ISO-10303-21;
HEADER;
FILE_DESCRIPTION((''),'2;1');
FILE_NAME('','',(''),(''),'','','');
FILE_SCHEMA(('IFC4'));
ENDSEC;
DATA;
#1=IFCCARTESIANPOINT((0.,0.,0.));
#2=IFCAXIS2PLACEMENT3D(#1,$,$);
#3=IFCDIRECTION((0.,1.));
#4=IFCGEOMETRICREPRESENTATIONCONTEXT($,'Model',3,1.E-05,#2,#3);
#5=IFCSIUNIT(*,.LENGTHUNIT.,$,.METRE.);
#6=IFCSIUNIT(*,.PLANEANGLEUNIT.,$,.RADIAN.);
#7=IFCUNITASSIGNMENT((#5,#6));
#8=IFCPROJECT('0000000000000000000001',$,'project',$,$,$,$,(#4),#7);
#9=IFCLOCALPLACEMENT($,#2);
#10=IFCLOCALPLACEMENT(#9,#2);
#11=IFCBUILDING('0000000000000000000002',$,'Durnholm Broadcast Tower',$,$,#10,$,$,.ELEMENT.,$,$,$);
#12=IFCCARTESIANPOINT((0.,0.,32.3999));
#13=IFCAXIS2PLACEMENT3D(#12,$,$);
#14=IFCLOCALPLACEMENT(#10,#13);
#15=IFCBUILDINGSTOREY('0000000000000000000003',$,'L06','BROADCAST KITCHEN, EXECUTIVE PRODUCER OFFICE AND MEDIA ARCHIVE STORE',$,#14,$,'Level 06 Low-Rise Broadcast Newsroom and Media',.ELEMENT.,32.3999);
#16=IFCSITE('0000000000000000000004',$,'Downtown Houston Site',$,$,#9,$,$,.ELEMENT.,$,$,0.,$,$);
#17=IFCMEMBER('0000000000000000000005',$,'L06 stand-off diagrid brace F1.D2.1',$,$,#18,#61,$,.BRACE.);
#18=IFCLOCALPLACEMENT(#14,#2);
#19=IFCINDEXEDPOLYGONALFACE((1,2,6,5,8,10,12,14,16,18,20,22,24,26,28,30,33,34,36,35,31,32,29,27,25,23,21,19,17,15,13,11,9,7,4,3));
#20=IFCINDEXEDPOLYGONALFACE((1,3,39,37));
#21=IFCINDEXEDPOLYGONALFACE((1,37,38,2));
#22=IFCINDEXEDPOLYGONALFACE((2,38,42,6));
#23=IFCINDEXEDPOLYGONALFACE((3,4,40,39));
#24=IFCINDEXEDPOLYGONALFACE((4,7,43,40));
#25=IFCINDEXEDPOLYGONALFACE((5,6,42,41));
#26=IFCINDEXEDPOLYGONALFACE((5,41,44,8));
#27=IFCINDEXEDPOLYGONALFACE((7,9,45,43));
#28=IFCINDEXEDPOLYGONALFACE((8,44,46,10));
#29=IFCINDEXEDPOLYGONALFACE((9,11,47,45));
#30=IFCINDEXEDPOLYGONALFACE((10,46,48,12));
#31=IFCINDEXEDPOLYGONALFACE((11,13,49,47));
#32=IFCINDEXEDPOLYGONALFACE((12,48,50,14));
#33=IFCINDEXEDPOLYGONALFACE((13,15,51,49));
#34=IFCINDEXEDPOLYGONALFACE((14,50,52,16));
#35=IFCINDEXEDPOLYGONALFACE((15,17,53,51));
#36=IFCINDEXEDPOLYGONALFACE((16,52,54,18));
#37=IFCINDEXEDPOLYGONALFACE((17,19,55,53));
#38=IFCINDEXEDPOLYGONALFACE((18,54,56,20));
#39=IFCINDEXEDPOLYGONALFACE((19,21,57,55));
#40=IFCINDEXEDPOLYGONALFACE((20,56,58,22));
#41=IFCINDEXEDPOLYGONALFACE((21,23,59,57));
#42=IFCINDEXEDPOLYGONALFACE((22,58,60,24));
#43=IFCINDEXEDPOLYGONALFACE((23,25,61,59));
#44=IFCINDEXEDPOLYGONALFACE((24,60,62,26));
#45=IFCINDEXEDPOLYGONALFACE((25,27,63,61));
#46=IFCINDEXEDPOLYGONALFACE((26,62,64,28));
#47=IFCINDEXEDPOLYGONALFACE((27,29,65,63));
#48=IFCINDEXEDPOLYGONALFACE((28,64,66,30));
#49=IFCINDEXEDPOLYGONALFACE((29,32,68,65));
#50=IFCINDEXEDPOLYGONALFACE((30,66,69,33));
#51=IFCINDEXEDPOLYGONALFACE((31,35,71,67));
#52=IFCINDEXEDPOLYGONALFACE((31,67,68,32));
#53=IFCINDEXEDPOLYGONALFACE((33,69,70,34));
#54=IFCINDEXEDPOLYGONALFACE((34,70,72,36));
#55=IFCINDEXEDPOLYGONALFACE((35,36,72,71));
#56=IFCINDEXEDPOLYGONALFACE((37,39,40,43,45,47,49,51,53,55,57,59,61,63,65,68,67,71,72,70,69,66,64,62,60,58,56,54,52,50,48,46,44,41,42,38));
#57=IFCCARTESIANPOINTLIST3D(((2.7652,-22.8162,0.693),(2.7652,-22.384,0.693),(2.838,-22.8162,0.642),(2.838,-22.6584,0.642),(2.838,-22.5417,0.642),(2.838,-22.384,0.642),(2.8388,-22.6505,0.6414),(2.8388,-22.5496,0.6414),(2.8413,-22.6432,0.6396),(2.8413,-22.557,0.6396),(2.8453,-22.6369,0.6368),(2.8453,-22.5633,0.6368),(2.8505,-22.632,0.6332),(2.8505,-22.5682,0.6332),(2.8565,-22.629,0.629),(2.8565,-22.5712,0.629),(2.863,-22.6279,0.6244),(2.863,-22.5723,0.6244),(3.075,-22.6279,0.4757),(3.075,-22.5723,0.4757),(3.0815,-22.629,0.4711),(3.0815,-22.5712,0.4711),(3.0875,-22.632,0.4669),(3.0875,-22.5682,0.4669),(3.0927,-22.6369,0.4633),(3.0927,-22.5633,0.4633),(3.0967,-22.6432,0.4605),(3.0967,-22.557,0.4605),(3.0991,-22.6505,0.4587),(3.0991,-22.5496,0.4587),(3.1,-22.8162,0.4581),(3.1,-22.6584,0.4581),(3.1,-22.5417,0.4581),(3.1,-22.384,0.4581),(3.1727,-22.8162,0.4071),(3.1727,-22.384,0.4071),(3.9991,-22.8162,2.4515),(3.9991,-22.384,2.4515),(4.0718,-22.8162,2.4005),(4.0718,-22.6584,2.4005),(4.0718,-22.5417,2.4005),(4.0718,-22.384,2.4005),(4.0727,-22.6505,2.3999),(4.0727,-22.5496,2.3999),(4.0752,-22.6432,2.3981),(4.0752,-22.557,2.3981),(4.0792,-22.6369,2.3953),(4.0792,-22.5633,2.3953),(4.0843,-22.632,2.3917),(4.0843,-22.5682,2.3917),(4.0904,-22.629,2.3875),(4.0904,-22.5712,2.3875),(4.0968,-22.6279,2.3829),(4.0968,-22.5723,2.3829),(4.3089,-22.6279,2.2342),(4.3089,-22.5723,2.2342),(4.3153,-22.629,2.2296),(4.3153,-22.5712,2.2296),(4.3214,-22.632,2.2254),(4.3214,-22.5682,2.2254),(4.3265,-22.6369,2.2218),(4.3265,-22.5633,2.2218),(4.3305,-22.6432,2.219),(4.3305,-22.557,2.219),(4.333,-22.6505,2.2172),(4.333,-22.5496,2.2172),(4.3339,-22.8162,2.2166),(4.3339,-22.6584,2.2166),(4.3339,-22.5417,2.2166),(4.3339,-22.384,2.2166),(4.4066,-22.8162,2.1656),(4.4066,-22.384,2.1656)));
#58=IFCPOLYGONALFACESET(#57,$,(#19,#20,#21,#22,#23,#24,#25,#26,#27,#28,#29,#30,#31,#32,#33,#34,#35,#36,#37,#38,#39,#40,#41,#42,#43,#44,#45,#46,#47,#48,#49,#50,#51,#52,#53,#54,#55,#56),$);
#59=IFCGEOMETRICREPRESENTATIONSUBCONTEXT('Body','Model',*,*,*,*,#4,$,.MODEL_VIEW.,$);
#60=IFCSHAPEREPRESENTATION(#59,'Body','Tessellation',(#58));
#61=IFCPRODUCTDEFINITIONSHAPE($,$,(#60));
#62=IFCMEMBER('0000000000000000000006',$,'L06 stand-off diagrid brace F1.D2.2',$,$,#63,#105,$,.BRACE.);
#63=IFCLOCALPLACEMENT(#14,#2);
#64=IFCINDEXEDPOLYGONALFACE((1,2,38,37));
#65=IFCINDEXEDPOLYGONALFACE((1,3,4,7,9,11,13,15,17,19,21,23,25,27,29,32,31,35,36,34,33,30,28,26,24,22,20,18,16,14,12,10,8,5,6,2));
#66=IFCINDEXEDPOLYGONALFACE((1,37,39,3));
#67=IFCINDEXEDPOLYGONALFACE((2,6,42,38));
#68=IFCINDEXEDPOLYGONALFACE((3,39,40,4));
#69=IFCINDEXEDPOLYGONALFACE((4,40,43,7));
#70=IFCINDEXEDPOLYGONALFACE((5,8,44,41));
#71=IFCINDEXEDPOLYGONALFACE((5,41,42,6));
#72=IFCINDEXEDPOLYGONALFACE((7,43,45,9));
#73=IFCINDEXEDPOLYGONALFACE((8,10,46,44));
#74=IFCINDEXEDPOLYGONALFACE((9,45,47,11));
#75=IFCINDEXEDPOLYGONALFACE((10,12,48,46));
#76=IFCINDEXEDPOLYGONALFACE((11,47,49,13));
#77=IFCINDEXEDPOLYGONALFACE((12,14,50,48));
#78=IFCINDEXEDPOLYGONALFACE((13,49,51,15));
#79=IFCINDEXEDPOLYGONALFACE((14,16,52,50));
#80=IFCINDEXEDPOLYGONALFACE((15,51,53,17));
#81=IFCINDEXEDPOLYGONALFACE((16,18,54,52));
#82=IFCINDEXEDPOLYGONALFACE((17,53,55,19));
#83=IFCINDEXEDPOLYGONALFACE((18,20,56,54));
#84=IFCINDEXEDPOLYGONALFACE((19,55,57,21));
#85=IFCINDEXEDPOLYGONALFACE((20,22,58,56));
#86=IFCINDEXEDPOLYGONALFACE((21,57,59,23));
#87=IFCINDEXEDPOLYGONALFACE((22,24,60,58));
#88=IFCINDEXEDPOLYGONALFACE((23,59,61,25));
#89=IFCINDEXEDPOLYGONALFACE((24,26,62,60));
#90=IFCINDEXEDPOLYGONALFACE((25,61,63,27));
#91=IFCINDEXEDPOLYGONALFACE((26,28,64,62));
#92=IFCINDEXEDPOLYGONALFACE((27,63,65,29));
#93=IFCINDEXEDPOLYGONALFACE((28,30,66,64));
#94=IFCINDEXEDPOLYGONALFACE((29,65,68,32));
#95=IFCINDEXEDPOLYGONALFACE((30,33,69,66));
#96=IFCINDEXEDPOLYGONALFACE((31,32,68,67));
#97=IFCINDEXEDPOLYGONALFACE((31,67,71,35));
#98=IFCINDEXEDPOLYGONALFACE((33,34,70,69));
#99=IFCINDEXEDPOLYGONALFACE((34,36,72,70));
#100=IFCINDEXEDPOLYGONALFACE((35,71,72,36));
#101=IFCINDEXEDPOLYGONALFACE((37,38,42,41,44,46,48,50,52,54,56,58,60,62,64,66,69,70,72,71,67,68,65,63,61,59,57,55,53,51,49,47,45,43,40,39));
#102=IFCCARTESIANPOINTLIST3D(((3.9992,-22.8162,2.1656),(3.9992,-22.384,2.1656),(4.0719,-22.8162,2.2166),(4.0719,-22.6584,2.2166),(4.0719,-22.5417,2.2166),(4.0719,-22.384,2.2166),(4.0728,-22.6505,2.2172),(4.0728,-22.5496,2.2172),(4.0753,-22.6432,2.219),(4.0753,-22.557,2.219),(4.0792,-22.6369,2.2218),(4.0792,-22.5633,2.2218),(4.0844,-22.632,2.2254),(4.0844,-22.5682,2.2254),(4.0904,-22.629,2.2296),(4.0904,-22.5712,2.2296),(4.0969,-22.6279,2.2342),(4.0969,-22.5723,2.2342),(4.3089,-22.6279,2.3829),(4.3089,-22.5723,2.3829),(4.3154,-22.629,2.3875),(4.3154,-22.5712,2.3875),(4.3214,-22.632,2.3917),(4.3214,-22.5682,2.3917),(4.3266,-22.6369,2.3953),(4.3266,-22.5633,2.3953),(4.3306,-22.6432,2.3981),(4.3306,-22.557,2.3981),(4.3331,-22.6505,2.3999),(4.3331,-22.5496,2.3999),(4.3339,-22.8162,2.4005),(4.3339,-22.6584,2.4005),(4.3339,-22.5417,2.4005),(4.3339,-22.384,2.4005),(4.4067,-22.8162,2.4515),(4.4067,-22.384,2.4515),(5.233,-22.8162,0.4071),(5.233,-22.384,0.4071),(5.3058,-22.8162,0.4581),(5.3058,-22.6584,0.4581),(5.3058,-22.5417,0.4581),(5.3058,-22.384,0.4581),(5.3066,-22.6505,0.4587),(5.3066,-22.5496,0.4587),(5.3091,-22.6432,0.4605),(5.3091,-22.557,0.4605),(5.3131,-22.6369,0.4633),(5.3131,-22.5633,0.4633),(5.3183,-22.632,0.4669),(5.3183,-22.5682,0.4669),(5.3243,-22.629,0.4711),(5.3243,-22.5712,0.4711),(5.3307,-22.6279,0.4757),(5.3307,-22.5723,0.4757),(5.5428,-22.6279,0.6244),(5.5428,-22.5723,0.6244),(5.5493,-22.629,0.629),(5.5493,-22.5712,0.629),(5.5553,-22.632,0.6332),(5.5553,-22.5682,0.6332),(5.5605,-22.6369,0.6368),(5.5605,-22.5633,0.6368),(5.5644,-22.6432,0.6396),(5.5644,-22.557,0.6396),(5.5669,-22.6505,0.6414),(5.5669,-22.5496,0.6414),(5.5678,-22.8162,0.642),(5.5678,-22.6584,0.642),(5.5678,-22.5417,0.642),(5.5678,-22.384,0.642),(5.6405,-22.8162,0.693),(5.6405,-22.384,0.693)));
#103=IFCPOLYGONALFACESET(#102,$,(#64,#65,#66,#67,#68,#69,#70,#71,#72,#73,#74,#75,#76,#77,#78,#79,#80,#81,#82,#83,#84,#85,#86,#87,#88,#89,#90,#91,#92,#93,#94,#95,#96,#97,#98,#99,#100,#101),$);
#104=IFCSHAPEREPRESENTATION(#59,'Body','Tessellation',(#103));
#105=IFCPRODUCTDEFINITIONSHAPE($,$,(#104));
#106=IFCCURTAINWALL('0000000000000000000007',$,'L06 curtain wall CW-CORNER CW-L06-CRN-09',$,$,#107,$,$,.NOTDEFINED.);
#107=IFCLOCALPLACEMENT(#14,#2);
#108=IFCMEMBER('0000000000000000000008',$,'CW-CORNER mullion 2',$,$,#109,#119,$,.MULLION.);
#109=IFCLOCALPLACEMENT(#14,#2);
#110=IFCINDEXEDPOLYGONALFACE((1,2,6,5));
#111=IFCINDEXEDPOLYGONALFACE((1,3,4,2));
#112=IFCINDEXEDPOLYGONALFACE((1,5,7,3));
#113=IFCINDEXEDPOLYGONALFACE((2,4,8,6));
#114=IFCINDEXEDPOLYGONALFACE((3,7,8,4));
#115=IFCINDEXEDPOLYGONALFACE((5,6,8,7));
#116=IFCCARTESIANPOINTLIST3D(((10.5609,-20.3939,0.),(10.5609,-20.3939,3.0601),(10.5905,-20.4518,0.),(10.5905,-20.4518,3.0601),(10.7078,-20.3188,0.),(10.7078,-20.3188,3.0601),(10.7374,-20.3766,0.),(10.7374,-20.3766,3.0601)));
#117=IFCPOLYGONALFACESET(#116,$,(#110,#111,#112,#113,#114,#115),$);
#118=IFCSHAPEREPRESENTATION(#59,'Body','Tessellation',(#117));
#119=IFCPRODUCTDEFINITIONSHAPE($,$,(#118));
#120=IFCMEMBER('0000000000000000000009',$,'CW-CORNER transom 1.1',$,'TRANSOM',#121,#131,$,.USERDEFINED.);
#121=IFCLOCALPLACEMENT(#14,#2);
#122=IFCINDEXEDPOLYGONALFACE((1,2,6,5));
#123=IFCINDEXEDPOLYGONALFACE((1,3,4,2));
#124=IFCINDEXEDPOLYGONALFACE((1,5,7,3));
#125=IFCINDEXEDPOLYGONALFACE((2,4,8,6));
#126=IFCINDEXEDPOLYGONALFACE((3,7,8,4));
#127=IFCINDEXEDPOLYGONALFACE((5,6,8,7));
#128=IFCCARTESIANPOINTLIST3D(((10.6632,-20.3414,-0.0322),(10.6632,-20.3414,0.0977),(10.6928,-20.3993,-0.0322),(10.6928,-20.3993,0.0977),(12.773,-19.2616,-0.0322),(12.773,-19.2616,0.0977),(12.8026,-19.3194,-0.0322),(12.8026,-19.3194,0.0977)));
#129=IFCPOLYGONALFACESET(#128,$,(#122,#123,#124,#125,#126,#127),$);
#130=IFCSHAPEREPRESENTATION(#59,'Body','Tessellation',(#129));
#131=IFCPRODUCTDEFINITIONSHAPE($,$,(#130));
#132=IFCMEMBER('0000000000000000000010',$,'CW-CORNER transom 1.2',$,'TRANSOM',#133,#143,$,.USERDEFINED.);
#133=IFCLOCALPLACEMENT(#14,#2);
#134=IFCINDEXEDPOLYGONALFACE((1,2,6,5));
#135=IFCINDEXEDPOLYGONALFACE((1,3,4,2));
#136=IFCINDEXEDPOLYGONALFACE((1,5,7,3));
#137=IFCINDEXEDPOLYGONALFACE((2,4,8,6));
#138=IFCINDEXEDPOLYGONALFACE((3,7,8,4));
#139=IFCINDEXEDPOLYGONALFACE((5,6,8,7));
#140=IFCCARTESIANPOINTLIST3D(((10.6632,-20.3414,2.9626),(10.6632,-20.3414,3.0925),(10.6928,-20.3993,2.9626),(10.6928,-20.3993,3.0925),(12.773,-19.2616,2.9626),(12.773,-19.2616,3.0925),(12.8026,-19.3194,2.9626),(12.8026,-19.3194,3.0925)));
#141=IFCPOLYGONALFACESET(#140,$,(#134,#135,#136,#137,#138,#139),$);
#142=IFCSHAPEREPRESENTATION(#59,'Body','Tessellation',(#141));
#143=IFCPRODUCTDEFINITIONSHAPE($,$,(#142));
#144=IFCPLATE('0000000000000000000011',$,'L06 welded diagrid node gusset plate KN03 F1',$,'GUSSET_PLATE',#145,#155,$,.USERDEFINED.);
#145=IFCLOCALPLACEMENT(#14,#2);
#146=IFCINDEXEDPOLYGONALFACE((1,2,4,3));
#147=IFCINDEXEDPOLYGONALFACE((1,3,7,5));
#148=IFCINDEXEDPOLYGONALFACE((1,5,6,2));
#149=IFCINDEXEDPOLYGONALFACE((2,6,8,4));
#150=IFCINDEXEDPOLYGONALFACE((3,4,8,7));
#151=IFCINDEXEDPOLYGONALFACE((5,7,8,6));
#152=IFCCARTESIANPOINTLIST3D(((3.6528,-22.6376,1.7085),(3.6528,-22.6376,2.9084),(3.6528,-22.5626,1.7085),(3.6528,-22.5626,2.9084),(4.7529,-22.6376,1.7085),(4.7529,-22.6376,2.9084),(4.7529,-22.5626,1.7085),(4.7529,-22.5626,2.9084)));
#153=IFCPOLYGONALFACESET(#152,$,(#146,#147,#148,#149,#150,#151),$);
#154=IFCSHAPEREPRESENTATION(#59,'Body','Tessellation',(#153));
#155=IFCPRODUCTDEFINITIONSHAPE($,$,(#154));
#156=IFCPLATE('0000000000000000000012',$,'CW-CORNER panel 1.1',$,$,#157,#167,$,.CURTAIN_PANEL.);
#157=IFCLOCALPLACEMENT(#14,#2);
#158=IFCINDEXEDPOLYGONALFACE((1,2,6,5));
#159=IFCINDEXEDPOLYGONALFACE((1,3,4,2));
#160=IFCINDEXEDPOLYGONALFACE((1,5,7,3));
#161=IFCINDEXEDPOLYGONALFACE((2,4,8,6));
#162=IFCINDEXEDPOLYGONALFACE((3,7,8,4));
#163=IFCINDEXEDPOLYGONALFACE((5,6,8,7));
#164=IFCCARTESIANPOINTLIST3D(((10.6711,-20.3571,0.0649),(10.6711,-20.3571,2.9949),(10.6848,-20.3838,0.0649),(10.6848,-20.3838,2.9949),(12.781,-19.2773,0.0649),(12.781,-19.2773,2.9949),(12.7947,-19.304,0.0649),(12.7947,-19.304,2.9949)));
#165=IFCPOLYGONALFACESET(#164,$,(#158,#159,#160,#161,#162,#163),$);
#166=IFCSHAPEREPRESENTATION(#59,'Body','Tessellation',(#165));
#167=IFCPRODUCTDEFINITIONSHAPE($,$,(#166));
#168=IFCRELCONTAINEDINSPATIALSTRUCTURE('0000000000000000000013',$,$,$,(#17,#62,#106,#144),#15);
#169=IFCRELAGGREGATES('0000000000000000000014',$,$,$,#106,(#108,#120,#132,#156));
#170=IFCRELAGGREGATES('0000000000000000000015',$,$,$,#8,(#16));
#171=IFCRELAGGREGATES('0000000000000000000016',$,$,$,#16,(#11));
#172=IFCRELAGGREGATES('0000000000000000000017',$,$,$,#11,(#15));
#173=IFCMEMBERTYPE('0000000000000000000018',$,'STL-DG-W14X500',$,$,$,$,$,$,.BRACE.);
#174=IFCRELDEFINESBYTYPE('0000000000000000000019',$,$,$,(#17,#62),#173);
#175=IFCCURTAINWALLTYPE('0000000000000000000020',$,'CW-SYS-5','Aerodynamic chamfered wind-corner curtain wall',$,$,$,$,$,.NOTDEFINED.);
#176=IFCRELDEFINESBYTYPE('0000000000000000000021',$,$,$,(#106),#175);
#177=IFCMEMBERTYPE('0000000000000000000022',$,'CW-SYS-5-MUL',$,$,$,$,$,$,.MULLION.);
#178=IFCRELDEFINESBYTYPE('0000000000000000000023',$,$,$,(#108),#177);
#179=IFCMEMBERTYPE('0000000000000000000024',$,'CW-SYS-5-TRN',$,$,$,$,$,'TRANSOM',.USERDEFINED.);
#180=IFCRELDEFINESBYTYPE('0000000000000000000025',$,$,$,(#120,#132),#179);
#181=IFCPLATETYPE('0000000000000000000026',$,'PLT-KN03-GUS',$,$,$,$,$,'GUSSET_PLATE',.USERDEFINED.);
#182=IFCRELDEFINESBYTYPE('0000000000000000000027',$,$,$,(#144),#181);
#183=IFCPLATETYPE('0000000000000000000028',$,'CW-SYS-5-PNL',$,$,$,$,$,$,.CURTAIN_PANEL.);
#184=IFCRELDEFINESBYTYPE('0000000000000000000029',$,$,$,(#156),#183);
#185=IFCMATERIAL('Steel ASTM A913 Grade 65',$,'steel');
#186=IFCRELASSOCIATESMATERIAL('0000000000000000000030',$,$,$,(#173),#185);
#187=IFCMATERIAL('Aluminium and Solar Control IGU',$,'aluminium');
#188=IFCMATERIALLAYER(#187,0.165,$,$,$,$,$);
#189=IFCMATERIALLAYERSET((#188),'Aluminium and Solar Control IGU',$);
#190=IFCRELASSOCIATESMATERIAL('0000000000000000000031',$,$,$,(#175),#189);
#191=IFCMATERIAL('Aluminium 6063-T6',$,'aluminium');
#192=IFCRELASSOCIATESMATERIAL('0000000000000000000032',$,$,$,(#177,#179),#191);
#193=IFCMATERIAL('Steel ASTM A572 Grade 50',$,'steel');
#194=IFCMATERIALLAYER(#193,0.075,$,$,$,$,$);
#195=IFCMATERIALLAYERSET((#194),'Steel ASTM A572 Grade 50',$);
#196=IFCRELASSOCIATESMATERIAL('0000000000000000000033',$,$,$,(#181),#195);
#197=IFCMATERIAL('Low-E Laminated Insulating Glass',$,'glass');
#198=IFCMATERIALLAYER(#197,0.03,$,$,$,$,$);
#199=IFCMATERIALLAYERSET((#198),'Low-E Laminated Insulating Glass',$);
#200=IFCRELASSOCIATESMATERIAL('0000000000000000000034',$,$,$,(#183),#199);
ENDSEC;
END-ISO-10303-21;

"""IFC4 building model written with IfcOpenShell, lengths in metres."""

from ifc_helpers import new_model, si_unit, direction, frame, origin, origin_2d, place, context, subcontext, project, spatial, rectangle, i_section, extrude, source, transform, mapped, material, layer, layer_set, material_profile, profile_set, type_object, type_shapes, element, aggregate, save


model = new_model("IFC4")

# Units and contexts
model_context = context("Model", 3, precision=1e-05, world=origin(), true_north=direction((0.0, 1.0)))
body_context = subcontext(model_context, "Body", "Model", "MODEL_VIEW")
ifc_project = project(units=[si_unit("LENGTHUNIT", "METRE"), si_unit("PLANEANGLEUNIT", "RADIAN")], contexts=[model_context])

# Site, building, storey
site_placement = place(None, origin())
site = spatial("IfcSite", under=ifc_project, at=site_placement, Name="Downtown Houston Site", CompositionType="ELEMENT", RefElevation=0.0)
building_placement = place(site_placement, origin())
building = spatial("IfcBuilding", under=site, at=building_placement, Name="Durnholm Broadcast Tower", CompositionType="ELEMENT")
storey_placement = place(building_placement, frame((0.0, 0.0, 32.3999)))
storey = spatial("IfcBuildingStorey", under=building, at=storey_placement, Name="L06", Description="BROADCAST KITCHEN, EXECUTIVE PRODUCER OFFICE AND MEDIA ARCHIVE STORE", LongName="Level 06 Low-Rise Broadcast Newsroom and Media", CompositionType="ELEMENT", Elevation=32.3999)

# Members
ifc_material_1 = material(Name="Steel ASTM A913 Grade 65", Category="steel")
ifc_material_profile_1 = material_profile(ifc_material_1, i_section(OverallWidth=0.4321, OverallDepth=0.4978, WebThickness=0.0557, FlangeThickness=0.0889, FilletRadius=0.0305, at=origin_2d()), Name="W14X500")
ifc_profile_set_1 = profile_set([ifc_material_profile_1], Name="Steel ASTM A913 Grade 65")
member_type_1 = type_object("IfcMemberType", Name="STL-DG-W14X500", PredefinedType="BRACE", material=ifc_profile_set_1)
shared_shape_1 = source(origin(), body_context, "Body", "SweptSolid", [
    extrude(i_section(OverallWidth=0.4321, OverallDepth=0.4978, WebThickness=0.0557, FlangeThickness=0.0889, FilletRadius=0.0305, at=origin_2d()), origin(), (0.0, 0.0, 1.0), 2.1482),
])
type_shapes(member_type_1, [shared_shape_1])
for number, where, z_axis, x_axis, name in (
    (1, (2.969, -22.6001, 0.55), (0.57437, 0.0, 0.818596), (0.0, 1.0, 0.0), "L06 stand-off diagrid brace F1.D2.1"),
    (2, (5.4368, -22.6001, 0.55), (-0.57437, 0.0, 0.818596), (0.0, -1.0, 0.0), "L06 stand-off diagrid brace F1.D2.2"),
):
    element("IfcMember", number, at=place(storey_placement, frame(where, z_axis=z_axis, x_axis=x_axis)), inside=storey, type_object=member_type_1, Name=name, PredefinedType="BRACE", context=body_context, shape_type="MappedRepresentation", body=[
        mapped(shared_shape_1, transform((0.0, 0.0, 0.0), x_axis=(1.0, 0.0, 0.0), y_axis=(0.0, 1.0, 0.0), z_axis=(0.0, 0.0, 1.0), scale=1.0)),
    ])

# Curtain wall, members
ifc_material_2 = material(Name="Aluminium and Solar Control IGU", Category="aluminium")
ifc_layer_1 = layer(ifc_material_2, 0.165)
ifc_layer_set_1 = layer_set([ifc_layer_1], Name="Aluminium and Solar Control IGU")
curtain_wall_type = type_object("IfcCurtainWallType", Name="CW-SYS-5", Description="Aerodynamic chamfered wind-corner curtain wall", PredefinedType="NOTDEFINED", material=ifc_layer_set_1)
curtain_wall_placement = place(storey_placement, origin())
curtain_wall = element("IfcCurtainWall", 3, at=curtain_wall_placement, inside=storey, type_object=curtain_wall_type, Name="L06 curtain wall CW-CORNER CW-L06-CRN-09", PredefinedType="NOTDEFINED")
ifc_material_3 = material(Name="Aluminium 6063-T6", Category="aluminium")
ifc_material_profile_2 = material_profile(ifc_material_3, rectangle(XDim=0.0649, YDim=0.165, at=origin_2d()), Name="CWM65X165")
ifc_profile_set_2 = profile_set([ifc_material_profile_2], Name="Aluminium 6063-T6")
member_type_2 = type_object("IfcMemberType", Name="CW-SYS-5-MUL", PredefinedType="MULLION", material=ifc_profile_set_2)
shared_shape_2 = source(origin(), body_context, "Body", "SweptSolid", [
    extrude(rectangle(XDim=0.0649, YDim=0.165, at=origin_2d()), origin(), (0.0, 0.0, 1.0), 3.0601),
])
type_shapes(member_type_2, [shared_shape_2])
member_1_placement = place(storey_placement, frame((10.6492, -20.3853, 0.0), z_axis=(0.0, 0.0, 1.0), x_axis=(0.455594, -0.890188, 0.0)))
member_1 = element("IfcMember", 4, at=member_1_placement, type_object=member_type_2, Name="CW-CORNER mullion 2", PredefinedType="MULLION", context=body_context, shape_type="MappedRepresentation", body=[
    mapped(shared_shape_2, transform((0.0, 0.0, 0.0), x_axis=(1.0, 0.0, 0.0), y_axis=(0.0, 1.0, 0.0), z_axis=(0.0, 0.0, 1.0), scale=1.0)),
])
ifc_material_profile_3 = material_profile(ifc_material_3, rectangle(XDim=0.0649, YDim=0.1299, at=origin_2d()), Name="CWT65X130")
ifc_profile_set_3 = profile_set([ifc_material_profile_3], Name="Aluminium 6063-T6")
member_type_3 = type_object("IfcMemberType", Name="CW-SYS-5-TRN", ElementType="TRANSOM", PredefinedType="USERDEFINED", material=ifc_profile_set_3)
shared_shape_3 = source(origin(), body_context, "Body", "SweptSolid", [
    extrude(rectangle(XDim=0.0649, YDim=0.1299, at=origin_2d()), origin(), (0.0, 0.0, 1.0), 2.3701),
])
type_shapes(member_type_3, [shared_shape_3])
member_2_placement = place(storey_placement, frame((12.7878, -19.2905, 0.0327), z_axis=(-0.890185, -0.455599, 0.0), x_axis=(0.455599, -0.890185, 0.0)))
member_2 = element("IfcMember", 5, at=member_2_placement, type_object=member_type_3, Name="CW-CORNER transom 1.1", ObjectType="TRANSOM", PredefinedType="USERDEFINED", context=body_context, shape_type="MappedRepresentation", body=[
    mapped(shared_shape_3, transform((0.0, 0.0, 0.0), x_axis=(1.0, 0.0, 0.0), y_axis=(0.0, 1.0, 0.0), z_axis=(0.0, 0.0, 1.0), scale=1.0)),
])
member_3_placement = place(storey_placement, frame((12.7878, -19.2905, 3.0276), z_axis=(-0.890185, -0.455599, 0.0), x_axis=(0.455599, -0.890185, 0.0)))
member_3 = element("IfcMember", 6, at=member_3_placement, type_object=member_type_3, Name="CW-CORNER transom 1.2", ObjectType="TRANSOM", PredefinedType="USERDEFINED", context=body_context, shape_type="MappedRepresentation", body=[
    mapped(shared_shape_3, transform((0.0, 0.0, 0.0), x_axis=(1.0, 0.0, 0.0), y_axis=(0.0, 1.0, 0.0), z_axis=(0.0, 0.0, 1.0), scale=1.0)),
])

# Plates
ifc_material_4 = material(Name="Steel ASTM A572 Grade 50", Category="steel")
ifc_layer_2 = layer(ifc_material_4, 0.075)
ifc_layer_set_2 = layer_set([ifc_layer_2], Name="Steel ASTM A572 Grade 50")
plate_type_1 = type_object("IfcPlateType", Name="PLT-KN03-GUS", ElementType="GUSSET_PLATE", PredefinedType="USERDEFINED", material=ifc_layer_set_2)
shared_shape_4 = source(origin(), body_context, "Body", "SweptSolid", [
    extrude(rectangle(XDim=1.1001, YDim=0.075, at=origin_2d()), origin(), (0.0, 0.0, 1.0), 1.2),
])
type_shapes(plate_type_1, [shared_shape_4])
plate_1_placement = place(storey_placement, frame((4.2029, -22.6001, 1.7085), z_axis=(0.0, 0.0, 1.0), x_axis=(1.0, 0.0, 0.0)))
element("IfcPlate", 7, at=plate_1_placement, inside=storey, type_object=plate_type_1, Name="L06 welded diagrid node gusset plate KN03 F1", ObjectType="GUSSET_PLATE", PredefinedType="USERDEFINED", context=body_context, shape_type="MappedRepresentation", body=[
    mapped(shared_shape_4, transform((0.0, 0.0, 0.0), x_axis=(1.0, 0.0, 0.0), y_axis=(0.0, 1.0, 0.0), z_axis=(0.0, 0.0, 1.0), scale=1.0)),
])
ifc_material_5 = material(Name="Low-E Laminated Insulating Glass", Category="glass")
ifc_layer_3 = layer(ifc_material_5, 0.03)
ifc_layer_set_3 = layer_set([ifc_layer_3], Name="Low-E Laminated Insulating Glass")
plate_type_2 = type_object("IfcPlateType", Name="CW-SYS-5-PNL", PredefinedType="CURTAIN_PANEL", material=ifc_layer_set_3)
shared_shape_5 = source(origin(), body_context, "Body", "SweptSolid", [
    extrude(rectangle(XDim=2.3701, YDim=0.03, at=origin_2d()), origin(), (0.0, 0.0, 1.0), 2.9299),
])
type_shapes(plate_type_2, [shared_shape_5])
plate_2_placement = place(storey_placement, frame((11.7329, -19.8306, 0.0649), z_axis=(0.0, 0.0, 1.0), x_axis=(-0.890188, -0.455594, 0.0)))
plate_2 = element("IfcPlate", 8, at=plate_2_placement, type_object=plate_type_2, Name="CW-CORNER panel 1.1", PredefinedType="CURTAIN_PANEL", context=body_context, shape_type="MappedRepresentation", body=[
    mapped(shared_shape_5, transform((0.0, 0.0, 0.0), x_axis=(1.0, 0.0, 0.0), y_axis=(0.0, 1.0, 0.0), z_axis=(0.0, 0.0, 1.0), scale=1.0)),
])
aggregate(curtain_wall, [member_1, member_2, member_3, plate_2])

save(model, "model.ifc")
